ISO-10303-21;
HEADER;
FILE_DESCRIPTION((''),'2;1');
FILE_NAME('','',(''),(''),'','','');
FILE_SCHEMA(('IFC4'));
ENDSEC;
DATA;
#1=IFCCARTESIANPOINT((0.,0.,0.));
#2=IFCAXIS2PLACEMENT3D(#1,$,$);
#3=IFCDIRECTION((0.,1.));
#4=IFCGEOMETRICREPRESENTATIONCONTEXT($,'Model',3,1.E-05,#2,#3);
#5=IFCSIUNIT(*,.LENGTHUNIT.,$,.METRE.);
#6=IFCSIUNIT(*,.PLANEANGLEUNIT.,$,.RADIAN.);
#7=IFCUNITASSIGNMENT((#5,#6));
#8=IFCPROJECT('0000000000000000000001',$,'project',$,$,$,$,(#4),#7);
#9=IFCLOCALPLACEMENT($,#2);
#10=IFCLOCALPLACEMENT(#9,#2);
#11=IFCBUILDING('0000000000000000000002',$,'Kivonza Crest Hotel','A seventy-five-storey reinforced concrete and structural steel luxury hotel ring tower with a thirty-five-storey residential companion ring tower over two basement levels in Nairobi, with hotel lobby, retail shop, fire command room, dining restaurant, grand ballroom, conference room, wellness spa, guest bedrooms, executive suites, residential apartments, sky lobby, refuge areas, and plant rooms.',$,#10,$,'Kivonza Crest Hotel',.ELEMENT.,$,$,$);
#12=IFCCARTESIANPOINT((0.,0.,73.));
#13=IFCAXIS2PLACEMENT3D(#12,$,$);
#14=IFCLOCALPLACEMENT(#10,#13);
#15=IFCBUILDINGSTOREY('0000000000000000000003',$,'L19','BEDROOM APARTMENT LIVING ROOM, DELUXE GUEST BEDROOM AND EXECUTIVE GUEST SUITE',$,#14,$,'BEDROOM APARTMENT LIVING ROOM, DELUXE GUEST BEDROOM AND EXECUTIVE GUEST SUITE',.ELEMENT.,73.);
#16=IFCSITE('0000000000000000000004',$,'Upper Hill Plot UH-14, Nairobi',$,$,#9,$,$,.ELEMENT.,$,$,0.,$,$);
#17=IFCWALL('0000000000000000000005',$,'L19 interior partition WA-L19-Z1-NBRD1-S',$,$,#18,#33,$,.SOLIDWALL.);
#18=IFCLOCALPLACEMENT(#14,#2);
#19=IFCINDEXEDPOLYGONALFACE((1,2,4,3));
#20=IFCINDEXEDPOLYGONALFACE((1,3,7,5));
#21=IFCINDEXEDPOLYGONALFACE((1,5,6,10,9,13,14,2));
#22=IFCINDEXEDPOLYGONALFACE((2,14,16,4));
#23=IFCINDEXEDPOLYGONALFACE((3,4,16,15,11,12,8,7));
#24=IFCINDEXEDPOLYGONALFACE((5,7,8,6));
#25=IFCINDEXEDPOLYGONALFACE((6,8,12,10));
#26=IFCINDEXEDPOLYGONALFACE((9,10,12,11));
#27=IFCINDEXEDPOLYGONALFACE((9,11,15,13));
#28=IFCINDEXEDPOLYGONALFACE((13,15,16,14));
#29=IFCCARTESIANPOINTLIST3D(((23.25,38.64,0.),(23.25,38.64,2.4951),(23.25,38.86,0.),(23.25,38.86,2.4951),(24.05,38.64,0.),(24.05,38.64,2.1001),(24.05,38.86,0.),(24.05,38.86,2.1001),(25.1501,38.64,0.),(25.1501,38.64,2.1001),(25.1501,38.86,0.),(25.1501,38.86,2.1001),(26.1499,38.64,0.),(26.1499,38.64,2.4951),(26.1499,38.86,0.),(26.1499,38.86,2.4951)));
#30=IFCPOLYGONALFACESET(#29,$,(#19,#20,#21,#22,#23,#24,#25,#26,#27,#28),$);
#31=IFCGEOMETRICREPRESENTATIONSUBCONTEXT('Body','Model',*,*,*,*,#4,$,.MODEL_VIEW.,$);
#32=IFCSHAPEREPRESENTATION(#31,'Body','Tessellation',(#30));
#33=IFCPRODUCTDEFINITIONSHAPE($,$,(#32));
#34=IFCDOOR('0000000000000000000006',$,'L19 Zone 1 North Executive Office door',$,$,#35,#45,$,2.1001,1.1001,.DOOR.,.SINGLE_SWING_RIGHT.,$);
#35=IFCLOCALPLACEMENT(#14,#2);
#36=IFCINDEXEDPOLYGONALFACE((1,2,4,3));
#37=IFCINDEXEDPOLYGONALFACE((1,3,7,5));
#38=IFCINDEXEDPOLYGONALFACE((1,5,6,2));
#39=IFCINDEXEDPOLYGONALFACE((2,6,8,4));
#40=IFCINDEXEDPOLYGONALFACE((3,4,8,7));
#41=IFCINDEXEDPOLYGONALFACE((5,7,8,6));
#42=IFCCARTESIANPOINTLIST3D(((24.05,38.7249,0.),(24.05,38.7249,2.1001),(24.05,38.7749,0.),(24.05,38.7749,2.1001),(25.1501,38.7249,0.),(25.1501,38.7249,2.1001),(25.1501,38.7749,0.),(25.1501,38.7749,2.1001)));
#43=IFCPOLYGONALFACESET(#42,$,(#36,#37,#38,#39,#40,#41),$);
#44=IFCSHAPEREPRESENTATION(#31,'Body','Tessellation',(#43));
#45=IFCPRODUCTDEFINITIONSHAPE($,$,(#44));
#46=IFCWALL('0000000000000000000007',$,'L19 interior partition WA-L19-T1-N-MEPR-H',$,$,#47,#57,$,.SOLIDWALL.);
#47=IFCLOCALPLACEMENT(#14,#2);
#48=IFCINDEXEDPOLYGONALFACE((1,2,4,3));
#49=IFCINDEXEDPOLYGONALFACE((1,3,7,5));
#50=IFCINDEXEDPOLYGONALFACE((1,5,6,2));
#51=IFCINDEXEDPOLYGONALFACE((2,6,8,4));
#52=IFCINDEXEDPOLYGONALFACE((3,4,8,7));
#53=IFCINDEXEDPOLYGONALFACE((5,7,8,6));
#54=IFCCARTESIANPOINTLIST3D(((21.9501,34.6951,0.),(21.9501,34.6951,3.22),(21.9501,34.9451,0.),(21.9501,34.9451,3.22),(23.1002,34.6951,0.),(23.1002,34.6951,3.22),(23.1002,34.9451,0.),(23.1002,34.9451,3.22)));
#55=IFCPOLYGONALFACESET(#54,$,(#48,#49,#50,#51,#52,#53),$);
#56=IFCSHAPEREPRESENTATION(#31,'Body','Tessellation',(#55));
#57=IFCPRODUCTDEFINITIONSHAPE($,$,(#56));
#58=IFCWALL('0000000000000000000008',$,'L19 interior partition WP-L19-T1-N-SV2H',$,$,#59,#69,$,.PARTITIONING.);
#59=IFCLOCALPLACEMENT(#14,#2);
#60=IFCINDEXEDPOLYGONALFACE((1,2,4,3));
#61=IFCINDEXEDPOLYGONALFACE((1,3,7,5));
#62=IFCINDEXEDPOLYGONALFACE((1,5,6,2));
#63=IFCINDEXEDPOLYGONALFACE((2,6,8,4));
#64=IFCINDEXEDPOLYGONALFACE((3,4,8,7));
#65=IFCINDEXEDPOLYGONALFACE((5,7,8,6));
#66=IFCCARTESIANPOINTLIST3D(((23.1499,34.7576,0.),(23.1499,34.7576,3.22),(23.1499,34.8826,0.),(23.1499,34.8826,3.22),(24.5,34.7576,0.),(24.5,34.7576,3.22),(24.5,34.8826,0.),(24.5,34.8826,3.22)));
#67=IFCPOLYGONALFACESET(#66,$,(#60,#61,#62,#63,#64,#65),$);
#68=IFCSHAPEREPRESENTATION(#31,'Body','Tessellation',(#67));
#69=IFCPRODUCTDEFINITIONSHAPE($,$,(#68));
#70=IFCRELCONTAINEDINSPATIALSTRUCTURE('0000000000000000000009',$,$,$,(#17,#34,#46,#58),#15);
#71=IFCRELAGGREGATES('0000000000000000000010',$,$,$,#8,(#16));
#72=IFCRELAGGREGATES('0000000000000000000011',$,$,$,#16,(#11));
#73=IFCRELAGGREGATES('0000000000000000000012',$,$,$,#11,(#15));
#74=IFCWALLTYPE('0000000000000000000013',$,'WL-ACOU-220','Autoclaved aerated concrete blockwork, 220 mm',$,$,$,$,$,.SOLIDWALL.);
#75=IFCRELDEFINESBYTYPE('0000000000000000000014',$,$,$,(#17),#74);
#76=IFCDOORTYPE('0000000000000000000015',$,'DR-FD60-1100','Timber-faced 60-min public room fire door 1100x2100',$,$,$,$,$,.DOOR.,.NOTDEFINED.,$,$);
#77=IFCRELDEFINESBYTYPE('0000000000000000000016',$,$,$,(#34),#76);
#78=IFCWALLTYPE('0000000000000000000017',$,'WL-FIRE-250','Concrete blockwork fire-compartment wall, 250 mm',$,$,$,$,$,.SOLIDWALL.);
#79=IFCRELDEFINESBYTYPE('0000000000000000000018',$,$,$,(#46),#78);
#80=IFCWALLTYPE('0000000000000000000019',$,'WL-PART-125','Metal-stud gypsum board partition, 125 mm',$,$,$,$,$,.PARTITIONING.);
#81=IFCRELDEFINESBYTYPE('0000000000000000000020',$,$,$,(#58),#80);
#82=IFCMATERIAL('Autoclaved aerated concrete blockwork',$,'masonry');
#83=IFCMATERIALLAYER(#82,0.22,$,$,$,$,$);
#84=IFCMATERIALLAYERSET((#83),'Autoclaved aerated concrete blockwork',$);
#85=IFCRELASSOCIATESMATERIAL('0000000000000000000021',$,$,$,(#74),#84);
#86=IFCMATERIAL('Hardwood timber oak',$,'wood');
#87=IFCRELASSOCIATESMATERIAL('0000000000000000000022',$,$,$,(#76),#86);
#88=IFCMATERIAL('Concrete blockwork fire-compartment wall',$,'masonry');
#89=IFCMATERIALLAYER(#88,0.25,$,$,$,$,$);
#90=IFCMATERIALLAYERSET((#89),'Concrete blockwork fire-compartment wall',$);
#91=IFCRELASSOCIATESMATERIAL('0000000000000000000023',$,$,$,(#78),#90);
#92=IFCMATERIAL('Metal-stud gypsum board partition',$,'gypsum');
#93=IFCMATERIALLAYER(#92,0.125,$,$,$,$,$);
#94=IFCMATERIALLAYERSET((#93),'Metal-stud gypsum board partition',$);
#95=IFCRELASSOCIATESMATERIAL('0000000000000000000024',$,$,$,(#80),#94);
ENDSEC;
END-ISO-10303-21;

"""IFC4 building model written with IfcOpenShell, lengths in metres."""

from ifc_helpers import new_model, si_unit, direction, frame, frame_2d, origin, place, context, subcontext, project, spatial, rectangle, extrude, material, layer, layer_set, type_object, element, fill, save


model = new_model("IFC4")

# Units and contexts
model_context = context("Model", 3, precision=1e-05, world=origin(), true_north=direction((0.0, 1.0)))
body_context = subcontext(model_context, "Body", "Model", "MODEL_VIEW")
ifc_project = project(units=[si_unit("LENGTHUNIT", "METRE"), si_unit("PLANEANGLEUNIT", "RADIAN")], contexts=[model_context])

# Site, building, storey
site_placement = place(None, origin())
site = spatial("IfcSite", under=ifc_project, at=site_placement, Name="Upper Hill Plot UH-14, Nairobi", CompositionType="ELEMENT", RefElevation=0.0)
building_placement = place(site_placement, origin())
building = spatial("IfcBuilding", under=site, at=building_placement, Name="Kivonza Crest Hotel", Description="A seventy-five-storey reinforced concrete and structural steel luxury hotel ring tower with a thirty-five-storey residential companion ring tower over two basement levels in Nairobi, with hotel lobby, retail shop, fire command room, dining restaurant, grand ballroom, conference room, wellness spa, guest bedrooms, executive suites, residential apartments, sky lobby, refuge areas, and plant rooms.", LongName="Kivonza Crest Hotel", CompositionType="ELEMENT")
storey_placement = place(building_placement, frame((0.0, 0.0, 73.0)))
storey = spatial("IfcBuildingStorey", under=building, at=storey_placement, Name="L19", Description="BEDROOM APARTMENT LIVING ROOM, DELUXE GUEST BEDROOM AND EXECUTIVE GUEST SUITE", LongName="BEDROOM APARTMENT LIVING ROOM, DELUXE GUEST BEDROOM AND EXECUTIVE GUEST SUITE", CompositionType="ELEMENT", Elevation=73.0)

# Wall, opening, door
ifc_material_1 = material(Name="Autoclaved aerated concrete blockwork", Category="masonry")
ifc_layer_1 = layer(ifc_material_1, 0.22)
ifc_layer_set_1 = layer_set([ifc_layer_1], Name="Autoclaved aerated concrete blockwork")
wall_type_1 = type_object("IfcWallType", Name="WL-ACOU-220", Description="Autoclaved aerated concrete blockwork, 220 mm", PredefinedType="SOLIDWALL", material=ifc_layer_set_1)
wall_1_placement = place(storey_placement, frame((23.25, 38.75, 0.0), z_axis=(0.0, 0.0, 1.0), x_axis=(1.0, 0.0, 0.0)))
wall_1 = element("IfcWall", 1, at=wall_1_placement, inside=storey, type_object=wall_type_1, Name="L19 interior partition WA-L19-Z1-NBRD1-S", PredefinedType="SOLIDWALL", context=body_context, shape_type="SweptSolid", body=[
    extrude(rectangle(XDim=2.8999, YDim=0.22, at=frame_2d((1.45, 0.0))), origin(), (0.0, 0.0, 1.0), 2.4951),
])
opening_placement = place(wall_1_placement, frame((0.8, 0.0, 0.0)))
opening = element("IfcOpeningElement", 2, at=opening_placement, cuts=wall_1, PredefinedType="OPENING", context=body_context, shape_type="SweptSolid", body=[
    extrude(rectangle(XDim=1.1001, YDim=2.1001, at=frame_2d((0.55, 1.05))), frame((0.0, 0.1201, 0.0), z_axis=(0.0, -1.0, 0.0), x_axis=(1.0, 0.0, 0.0)), (0.0, 0.0, 1.0), 0.24),
])
ifc_material_2 = material(Name="Hardwood timber oak", Category="wood")
door_type = type_object("IfcDoorType", Name="DR-FD60-1100", Description="Timber-faced 60-min public room fire door 1100x2100", OperationType="NOTDEFINED", PredefinedType="DOOR", material=ifc_material_2)
door_placement = place(opening_placement, origin())
door = element("IfcDoor", 3, at=door_placement, inside=storey, type_object=door_type, Name="L19 Zone 1 North Executive Office door", OperationType="SINGLE_SWING_RIGHT", OverallHeight=2.1001, OverallWidth=1.1001, PredefinedType="DOOR", context=body_context, shape_type="SweptSolid", body=[
    extrude(rectangle(XDim=1.1001, YDim=2.1001, at=frame_2d((0.55, 1.05))), frame((0.0, 0.0249, 0.0), z_axis=(0.0, -1.0, 0.0), x_axis=(1.0, 0.0, 0.0)), (0.0, 0.0, 1.0), 0.05),
])
fill(opening, door)

# Walls
ifc_material_3 = material(Name="Concrete blockwork fire-compartment wall", Category="masonry")
ifc_layer_2 = layer(ifc_material_3, 0.25)
ifc_layer_set_2 = layer_set([ifc_layer_2], Name="Concrete blockwork fire-compartment wall")
wall_type_2 = type_object("IfcWallType", Name="WL-FIRE-250", Description="Concrete blockwork fire-compartment wall, 250 mm", PredefinedType="SOLIDWALL", material=ifc_layer_set_2)
wall_2_placement = place(storey_placement, frame((21.95, 34.8201, 0.0), z_axis=(0.0, 0.0, 1.0), x_axis=(1.0, 0.0, 0.0)))
element("IfcWall", 4, at=wall_2_placement, inside=storey, type_object=wall_type_2, Name="L19 interior partition WA-L19-T1-N-MEPR-H", PredefinedType="SOLIDWALL", context=body_context, shape_type="SweptSolid", body=[
    extrude(rectangle(XDim=1.1501, YDim=0.25, at=frame_2d((0.5752, 0.0))), origin(), (0.0, 0.0, 1.0), 3.22),
])
ifc_material_4 = material(Name="Metal-stud gypsum board partition", Category="gypsum")
ifc_layer_3 = layer(ifc_material_4, 0.125)
ifc_layer_set_3 = layer_set([ifc_layer_3], Name="Metal-stud gypsum board partition")
wall_type_3 = type_object("IfcWallType", Name="WL-PART-125", Description="Metal-stud gypsum board partition, 125 mm", PredefinedType="PARTITIONING", material=ifc_layer_set_3)
wall_3_placement = place(storey_placement, frame((23.1499, 34.8201, 0.0), z_axis=(0.0, 0.0, 1.0), x_axis=(1.0, 0.0, 0.0)))
element("IfcWall", 5, at=wall_3_placement, inside=storey, type_object=wall_type_3, Name="L19 interior partition WP-L19-T1-N-SV2H", PredefinedType="PARTITIONING", context=body_context, shape_type="SweptSolid", body=[
    extrude(rectangle(XDim=1.3501, YDim=0.125, at=frame_2d((0.675, 0.0))), origin(), (0.0, 0.0, 1.0), 3.22),
])

save(model, "model.ifc")
